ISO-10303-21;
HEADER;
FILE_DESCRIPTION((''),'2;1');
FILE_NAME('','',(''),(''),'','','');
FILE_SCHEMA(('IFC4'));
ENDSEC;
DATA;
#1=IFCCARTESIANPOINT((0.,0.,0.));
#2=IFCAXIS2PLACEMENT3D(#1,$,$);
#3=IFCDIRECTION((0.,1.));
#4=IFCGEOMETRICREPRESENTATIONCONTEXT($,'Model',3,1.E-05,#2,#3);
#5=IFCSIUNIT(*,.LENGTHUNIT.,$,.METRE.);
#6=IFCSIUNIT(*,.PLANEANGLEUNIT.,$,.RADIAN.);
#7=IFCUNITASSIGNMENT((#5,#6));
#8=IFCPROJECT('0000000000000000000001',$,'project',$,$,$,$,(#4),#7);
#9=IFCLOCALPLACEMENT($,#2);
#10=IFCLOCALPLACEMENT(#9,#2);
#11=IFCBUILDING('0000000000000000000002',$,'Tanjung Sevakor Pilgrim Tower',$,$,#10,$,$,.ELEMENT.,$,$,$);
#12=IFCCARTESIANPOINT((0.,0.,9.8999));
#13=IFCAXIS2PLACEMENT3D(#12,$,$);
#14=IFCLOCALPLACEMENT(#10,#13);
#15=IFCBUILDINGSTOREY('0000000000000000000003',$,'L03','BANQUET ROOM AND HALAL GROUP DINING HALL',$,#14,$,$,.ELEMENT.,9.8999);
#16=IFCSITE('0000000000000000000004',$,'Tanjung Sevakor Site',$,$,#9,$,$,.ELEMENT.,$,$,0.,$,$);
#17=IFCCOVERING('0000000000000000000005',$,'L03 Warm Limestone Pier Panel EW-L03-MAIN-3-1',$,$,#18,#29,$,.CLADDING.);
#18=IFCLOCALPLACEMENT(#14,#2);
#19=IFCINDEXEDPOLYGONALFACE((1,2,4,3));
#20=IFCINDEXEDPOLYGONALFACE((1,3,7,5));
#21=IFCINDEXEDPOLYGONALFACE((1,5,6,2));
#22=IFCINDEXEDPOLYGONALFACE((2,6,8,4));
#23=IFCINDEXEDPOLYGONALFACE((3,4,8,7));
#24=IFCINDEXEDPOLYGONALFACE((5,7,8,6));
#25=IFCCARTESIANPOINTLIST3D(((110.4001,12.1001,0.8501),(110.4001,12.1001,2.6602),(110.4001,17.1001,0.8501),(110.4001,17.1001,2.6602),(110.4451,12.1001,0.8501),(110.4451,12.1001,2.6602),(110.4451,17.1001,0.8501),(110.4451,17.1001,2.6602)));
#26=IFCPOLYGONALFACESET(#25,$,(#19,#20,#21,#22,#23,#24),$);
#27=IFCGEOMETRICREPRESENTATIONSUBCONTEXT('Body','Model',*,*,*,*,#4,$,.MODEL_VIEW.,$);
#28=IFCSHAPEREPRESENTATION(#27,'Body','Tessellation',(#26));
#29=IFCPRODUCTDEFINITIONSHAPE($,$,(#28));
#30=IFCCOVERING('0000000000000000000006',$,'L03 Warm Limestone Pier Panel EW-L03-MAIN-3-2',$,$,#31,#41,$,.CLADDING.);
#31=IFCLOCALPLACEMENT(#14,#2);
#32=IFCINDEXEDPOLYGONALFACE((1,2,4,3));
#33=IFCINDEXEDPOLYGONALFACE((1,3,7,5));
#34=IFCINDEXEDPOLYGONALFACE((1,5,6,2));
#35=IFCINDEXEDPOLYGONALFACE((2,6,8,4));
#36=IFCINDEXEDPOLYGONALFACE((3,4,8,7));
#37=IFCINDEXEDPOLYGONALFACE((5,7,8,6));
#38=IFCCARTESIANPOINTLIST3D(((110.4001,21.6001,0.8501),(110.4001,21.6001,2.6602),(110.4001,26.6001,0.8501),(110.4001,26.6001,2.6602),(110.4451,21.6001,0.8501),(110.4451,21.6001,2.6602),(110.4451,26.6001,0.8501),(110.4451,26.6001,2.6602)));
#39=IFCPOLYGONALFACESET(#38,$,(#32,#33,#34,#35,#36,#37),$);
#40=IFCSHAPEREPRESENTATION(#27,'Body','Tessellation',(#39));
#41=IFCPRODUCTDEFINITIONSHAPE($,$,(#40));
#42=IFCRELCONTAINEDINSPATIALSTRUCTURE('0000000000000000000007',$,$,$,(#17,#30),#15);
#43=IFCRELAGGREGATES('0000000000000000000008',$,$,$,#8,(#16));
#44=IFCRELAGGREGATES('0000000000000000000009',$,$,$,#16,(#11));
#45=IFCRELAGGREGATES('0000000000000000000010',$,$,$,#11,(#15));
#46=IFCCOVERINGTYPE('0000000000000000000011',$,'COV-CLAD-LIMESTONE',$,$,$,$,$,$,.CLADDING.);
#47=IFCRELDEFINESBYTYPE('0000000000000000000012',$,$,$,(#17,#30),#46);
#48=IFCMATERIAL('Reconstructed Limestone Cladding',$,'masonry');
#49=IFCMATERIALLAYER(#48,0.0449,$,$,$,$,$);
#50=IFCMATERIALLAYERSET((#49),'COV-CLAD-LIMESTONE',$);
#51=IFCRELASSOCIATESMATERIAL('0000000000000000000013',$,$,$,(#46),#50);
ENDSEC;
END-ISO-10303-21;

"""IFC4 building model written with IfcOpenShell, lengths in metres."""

from ifc_helpers import new_model, si_unit, direction, frame, origin, origin_2d, place, context, subcontext, project, spatial, rectangle, extrude, material, layer, layer_set, type_object, element, save


model = new_model("IFC4")

# Units and contexts
model_context = context("Model", 3, precision=1e-05, world=origin(), true_north=direction((0.0, 1.0)))
body_context = subcontext(model_context, "Body", "Model", "MODEL_VIEW")
ifc_project = project(units=[si_unit("LENGTHUNIT", "METRE"), si_unit("PLANEANGLEUNIT", "RADIAN")], contexts=[model_context])

# Site, building, storey
site_placement = place(None, origin())
site = spatial("IfcSite", under=ifc_project, at=site_placement, Name="Tanjung Sevakor Site", CompositionType="ELEMENT", RefElevation=0.0)
building_placement = place(site_placement, origin())
building = spatial("IfcBuilding", under=site, at=building_placement, Name="Tanjung Sevakor Pilgrim Tower", CompositionType="ELEMENT")
storey_placement = place(building_placement, frame((0.0, 0.0, 9.8999)))
storey = spatial("IfcBuildingStorey", under=building, at=storey_placement, Name="L03", Description="BANQUET ROOM AND HALAL GROUP DINING HALL", CompositionType="ELEMENT", Elevation=9.8999)

# Coverings
ifc_material_1 = material(Name="Reconstructed Limestone Cladding", Category="masonry")
ifc_layer_1 = layer(ifc_material_1, 0.0449)
ifc_layer_set_1 = layer_set([ifc_layer_1], Name="COV-CLAD-LIMESTONE")
covering_type = type_object("IfcCoveringType", Name="COV-CLAD-LIMESTONE", PredefinedType="CLADDING", material=ifc_layer_set_1)
for number, where, z_axis, x_axis, name in (
    (1, (110.4226, 14.6001, 0.8501), (0.0, 0.0, 1.0), (0.0, 1.0, 0.0), "L03 Warm Limestone Pier Panel EW-L03-MAIN-3-1"),
    (2, (110.4226, 24.1001, 0.8501), (0.0, 0.0, 1.0), (0.0, 1.0, 0.0), "L03 Warm Limestone Pier Panel EW-L03-MAIN-3-2"),
):
    element("IfcCovering", number, at=place(storey_placement, frame(where, z_axis=z_axis, x_axis=x_axis)), inside=storey, type_object=covering_type, Name=name, PredefinedType="CLADDING", context=body_context, shape_type="SweptSolid", body=[
        extrude(rectangle(XDim=5.0, YDim=0.0449, at=origin_2d()), origin(), (0.0, 0.0, 1.0), 1.8101),
    ])

save(model, "model.ifc")
